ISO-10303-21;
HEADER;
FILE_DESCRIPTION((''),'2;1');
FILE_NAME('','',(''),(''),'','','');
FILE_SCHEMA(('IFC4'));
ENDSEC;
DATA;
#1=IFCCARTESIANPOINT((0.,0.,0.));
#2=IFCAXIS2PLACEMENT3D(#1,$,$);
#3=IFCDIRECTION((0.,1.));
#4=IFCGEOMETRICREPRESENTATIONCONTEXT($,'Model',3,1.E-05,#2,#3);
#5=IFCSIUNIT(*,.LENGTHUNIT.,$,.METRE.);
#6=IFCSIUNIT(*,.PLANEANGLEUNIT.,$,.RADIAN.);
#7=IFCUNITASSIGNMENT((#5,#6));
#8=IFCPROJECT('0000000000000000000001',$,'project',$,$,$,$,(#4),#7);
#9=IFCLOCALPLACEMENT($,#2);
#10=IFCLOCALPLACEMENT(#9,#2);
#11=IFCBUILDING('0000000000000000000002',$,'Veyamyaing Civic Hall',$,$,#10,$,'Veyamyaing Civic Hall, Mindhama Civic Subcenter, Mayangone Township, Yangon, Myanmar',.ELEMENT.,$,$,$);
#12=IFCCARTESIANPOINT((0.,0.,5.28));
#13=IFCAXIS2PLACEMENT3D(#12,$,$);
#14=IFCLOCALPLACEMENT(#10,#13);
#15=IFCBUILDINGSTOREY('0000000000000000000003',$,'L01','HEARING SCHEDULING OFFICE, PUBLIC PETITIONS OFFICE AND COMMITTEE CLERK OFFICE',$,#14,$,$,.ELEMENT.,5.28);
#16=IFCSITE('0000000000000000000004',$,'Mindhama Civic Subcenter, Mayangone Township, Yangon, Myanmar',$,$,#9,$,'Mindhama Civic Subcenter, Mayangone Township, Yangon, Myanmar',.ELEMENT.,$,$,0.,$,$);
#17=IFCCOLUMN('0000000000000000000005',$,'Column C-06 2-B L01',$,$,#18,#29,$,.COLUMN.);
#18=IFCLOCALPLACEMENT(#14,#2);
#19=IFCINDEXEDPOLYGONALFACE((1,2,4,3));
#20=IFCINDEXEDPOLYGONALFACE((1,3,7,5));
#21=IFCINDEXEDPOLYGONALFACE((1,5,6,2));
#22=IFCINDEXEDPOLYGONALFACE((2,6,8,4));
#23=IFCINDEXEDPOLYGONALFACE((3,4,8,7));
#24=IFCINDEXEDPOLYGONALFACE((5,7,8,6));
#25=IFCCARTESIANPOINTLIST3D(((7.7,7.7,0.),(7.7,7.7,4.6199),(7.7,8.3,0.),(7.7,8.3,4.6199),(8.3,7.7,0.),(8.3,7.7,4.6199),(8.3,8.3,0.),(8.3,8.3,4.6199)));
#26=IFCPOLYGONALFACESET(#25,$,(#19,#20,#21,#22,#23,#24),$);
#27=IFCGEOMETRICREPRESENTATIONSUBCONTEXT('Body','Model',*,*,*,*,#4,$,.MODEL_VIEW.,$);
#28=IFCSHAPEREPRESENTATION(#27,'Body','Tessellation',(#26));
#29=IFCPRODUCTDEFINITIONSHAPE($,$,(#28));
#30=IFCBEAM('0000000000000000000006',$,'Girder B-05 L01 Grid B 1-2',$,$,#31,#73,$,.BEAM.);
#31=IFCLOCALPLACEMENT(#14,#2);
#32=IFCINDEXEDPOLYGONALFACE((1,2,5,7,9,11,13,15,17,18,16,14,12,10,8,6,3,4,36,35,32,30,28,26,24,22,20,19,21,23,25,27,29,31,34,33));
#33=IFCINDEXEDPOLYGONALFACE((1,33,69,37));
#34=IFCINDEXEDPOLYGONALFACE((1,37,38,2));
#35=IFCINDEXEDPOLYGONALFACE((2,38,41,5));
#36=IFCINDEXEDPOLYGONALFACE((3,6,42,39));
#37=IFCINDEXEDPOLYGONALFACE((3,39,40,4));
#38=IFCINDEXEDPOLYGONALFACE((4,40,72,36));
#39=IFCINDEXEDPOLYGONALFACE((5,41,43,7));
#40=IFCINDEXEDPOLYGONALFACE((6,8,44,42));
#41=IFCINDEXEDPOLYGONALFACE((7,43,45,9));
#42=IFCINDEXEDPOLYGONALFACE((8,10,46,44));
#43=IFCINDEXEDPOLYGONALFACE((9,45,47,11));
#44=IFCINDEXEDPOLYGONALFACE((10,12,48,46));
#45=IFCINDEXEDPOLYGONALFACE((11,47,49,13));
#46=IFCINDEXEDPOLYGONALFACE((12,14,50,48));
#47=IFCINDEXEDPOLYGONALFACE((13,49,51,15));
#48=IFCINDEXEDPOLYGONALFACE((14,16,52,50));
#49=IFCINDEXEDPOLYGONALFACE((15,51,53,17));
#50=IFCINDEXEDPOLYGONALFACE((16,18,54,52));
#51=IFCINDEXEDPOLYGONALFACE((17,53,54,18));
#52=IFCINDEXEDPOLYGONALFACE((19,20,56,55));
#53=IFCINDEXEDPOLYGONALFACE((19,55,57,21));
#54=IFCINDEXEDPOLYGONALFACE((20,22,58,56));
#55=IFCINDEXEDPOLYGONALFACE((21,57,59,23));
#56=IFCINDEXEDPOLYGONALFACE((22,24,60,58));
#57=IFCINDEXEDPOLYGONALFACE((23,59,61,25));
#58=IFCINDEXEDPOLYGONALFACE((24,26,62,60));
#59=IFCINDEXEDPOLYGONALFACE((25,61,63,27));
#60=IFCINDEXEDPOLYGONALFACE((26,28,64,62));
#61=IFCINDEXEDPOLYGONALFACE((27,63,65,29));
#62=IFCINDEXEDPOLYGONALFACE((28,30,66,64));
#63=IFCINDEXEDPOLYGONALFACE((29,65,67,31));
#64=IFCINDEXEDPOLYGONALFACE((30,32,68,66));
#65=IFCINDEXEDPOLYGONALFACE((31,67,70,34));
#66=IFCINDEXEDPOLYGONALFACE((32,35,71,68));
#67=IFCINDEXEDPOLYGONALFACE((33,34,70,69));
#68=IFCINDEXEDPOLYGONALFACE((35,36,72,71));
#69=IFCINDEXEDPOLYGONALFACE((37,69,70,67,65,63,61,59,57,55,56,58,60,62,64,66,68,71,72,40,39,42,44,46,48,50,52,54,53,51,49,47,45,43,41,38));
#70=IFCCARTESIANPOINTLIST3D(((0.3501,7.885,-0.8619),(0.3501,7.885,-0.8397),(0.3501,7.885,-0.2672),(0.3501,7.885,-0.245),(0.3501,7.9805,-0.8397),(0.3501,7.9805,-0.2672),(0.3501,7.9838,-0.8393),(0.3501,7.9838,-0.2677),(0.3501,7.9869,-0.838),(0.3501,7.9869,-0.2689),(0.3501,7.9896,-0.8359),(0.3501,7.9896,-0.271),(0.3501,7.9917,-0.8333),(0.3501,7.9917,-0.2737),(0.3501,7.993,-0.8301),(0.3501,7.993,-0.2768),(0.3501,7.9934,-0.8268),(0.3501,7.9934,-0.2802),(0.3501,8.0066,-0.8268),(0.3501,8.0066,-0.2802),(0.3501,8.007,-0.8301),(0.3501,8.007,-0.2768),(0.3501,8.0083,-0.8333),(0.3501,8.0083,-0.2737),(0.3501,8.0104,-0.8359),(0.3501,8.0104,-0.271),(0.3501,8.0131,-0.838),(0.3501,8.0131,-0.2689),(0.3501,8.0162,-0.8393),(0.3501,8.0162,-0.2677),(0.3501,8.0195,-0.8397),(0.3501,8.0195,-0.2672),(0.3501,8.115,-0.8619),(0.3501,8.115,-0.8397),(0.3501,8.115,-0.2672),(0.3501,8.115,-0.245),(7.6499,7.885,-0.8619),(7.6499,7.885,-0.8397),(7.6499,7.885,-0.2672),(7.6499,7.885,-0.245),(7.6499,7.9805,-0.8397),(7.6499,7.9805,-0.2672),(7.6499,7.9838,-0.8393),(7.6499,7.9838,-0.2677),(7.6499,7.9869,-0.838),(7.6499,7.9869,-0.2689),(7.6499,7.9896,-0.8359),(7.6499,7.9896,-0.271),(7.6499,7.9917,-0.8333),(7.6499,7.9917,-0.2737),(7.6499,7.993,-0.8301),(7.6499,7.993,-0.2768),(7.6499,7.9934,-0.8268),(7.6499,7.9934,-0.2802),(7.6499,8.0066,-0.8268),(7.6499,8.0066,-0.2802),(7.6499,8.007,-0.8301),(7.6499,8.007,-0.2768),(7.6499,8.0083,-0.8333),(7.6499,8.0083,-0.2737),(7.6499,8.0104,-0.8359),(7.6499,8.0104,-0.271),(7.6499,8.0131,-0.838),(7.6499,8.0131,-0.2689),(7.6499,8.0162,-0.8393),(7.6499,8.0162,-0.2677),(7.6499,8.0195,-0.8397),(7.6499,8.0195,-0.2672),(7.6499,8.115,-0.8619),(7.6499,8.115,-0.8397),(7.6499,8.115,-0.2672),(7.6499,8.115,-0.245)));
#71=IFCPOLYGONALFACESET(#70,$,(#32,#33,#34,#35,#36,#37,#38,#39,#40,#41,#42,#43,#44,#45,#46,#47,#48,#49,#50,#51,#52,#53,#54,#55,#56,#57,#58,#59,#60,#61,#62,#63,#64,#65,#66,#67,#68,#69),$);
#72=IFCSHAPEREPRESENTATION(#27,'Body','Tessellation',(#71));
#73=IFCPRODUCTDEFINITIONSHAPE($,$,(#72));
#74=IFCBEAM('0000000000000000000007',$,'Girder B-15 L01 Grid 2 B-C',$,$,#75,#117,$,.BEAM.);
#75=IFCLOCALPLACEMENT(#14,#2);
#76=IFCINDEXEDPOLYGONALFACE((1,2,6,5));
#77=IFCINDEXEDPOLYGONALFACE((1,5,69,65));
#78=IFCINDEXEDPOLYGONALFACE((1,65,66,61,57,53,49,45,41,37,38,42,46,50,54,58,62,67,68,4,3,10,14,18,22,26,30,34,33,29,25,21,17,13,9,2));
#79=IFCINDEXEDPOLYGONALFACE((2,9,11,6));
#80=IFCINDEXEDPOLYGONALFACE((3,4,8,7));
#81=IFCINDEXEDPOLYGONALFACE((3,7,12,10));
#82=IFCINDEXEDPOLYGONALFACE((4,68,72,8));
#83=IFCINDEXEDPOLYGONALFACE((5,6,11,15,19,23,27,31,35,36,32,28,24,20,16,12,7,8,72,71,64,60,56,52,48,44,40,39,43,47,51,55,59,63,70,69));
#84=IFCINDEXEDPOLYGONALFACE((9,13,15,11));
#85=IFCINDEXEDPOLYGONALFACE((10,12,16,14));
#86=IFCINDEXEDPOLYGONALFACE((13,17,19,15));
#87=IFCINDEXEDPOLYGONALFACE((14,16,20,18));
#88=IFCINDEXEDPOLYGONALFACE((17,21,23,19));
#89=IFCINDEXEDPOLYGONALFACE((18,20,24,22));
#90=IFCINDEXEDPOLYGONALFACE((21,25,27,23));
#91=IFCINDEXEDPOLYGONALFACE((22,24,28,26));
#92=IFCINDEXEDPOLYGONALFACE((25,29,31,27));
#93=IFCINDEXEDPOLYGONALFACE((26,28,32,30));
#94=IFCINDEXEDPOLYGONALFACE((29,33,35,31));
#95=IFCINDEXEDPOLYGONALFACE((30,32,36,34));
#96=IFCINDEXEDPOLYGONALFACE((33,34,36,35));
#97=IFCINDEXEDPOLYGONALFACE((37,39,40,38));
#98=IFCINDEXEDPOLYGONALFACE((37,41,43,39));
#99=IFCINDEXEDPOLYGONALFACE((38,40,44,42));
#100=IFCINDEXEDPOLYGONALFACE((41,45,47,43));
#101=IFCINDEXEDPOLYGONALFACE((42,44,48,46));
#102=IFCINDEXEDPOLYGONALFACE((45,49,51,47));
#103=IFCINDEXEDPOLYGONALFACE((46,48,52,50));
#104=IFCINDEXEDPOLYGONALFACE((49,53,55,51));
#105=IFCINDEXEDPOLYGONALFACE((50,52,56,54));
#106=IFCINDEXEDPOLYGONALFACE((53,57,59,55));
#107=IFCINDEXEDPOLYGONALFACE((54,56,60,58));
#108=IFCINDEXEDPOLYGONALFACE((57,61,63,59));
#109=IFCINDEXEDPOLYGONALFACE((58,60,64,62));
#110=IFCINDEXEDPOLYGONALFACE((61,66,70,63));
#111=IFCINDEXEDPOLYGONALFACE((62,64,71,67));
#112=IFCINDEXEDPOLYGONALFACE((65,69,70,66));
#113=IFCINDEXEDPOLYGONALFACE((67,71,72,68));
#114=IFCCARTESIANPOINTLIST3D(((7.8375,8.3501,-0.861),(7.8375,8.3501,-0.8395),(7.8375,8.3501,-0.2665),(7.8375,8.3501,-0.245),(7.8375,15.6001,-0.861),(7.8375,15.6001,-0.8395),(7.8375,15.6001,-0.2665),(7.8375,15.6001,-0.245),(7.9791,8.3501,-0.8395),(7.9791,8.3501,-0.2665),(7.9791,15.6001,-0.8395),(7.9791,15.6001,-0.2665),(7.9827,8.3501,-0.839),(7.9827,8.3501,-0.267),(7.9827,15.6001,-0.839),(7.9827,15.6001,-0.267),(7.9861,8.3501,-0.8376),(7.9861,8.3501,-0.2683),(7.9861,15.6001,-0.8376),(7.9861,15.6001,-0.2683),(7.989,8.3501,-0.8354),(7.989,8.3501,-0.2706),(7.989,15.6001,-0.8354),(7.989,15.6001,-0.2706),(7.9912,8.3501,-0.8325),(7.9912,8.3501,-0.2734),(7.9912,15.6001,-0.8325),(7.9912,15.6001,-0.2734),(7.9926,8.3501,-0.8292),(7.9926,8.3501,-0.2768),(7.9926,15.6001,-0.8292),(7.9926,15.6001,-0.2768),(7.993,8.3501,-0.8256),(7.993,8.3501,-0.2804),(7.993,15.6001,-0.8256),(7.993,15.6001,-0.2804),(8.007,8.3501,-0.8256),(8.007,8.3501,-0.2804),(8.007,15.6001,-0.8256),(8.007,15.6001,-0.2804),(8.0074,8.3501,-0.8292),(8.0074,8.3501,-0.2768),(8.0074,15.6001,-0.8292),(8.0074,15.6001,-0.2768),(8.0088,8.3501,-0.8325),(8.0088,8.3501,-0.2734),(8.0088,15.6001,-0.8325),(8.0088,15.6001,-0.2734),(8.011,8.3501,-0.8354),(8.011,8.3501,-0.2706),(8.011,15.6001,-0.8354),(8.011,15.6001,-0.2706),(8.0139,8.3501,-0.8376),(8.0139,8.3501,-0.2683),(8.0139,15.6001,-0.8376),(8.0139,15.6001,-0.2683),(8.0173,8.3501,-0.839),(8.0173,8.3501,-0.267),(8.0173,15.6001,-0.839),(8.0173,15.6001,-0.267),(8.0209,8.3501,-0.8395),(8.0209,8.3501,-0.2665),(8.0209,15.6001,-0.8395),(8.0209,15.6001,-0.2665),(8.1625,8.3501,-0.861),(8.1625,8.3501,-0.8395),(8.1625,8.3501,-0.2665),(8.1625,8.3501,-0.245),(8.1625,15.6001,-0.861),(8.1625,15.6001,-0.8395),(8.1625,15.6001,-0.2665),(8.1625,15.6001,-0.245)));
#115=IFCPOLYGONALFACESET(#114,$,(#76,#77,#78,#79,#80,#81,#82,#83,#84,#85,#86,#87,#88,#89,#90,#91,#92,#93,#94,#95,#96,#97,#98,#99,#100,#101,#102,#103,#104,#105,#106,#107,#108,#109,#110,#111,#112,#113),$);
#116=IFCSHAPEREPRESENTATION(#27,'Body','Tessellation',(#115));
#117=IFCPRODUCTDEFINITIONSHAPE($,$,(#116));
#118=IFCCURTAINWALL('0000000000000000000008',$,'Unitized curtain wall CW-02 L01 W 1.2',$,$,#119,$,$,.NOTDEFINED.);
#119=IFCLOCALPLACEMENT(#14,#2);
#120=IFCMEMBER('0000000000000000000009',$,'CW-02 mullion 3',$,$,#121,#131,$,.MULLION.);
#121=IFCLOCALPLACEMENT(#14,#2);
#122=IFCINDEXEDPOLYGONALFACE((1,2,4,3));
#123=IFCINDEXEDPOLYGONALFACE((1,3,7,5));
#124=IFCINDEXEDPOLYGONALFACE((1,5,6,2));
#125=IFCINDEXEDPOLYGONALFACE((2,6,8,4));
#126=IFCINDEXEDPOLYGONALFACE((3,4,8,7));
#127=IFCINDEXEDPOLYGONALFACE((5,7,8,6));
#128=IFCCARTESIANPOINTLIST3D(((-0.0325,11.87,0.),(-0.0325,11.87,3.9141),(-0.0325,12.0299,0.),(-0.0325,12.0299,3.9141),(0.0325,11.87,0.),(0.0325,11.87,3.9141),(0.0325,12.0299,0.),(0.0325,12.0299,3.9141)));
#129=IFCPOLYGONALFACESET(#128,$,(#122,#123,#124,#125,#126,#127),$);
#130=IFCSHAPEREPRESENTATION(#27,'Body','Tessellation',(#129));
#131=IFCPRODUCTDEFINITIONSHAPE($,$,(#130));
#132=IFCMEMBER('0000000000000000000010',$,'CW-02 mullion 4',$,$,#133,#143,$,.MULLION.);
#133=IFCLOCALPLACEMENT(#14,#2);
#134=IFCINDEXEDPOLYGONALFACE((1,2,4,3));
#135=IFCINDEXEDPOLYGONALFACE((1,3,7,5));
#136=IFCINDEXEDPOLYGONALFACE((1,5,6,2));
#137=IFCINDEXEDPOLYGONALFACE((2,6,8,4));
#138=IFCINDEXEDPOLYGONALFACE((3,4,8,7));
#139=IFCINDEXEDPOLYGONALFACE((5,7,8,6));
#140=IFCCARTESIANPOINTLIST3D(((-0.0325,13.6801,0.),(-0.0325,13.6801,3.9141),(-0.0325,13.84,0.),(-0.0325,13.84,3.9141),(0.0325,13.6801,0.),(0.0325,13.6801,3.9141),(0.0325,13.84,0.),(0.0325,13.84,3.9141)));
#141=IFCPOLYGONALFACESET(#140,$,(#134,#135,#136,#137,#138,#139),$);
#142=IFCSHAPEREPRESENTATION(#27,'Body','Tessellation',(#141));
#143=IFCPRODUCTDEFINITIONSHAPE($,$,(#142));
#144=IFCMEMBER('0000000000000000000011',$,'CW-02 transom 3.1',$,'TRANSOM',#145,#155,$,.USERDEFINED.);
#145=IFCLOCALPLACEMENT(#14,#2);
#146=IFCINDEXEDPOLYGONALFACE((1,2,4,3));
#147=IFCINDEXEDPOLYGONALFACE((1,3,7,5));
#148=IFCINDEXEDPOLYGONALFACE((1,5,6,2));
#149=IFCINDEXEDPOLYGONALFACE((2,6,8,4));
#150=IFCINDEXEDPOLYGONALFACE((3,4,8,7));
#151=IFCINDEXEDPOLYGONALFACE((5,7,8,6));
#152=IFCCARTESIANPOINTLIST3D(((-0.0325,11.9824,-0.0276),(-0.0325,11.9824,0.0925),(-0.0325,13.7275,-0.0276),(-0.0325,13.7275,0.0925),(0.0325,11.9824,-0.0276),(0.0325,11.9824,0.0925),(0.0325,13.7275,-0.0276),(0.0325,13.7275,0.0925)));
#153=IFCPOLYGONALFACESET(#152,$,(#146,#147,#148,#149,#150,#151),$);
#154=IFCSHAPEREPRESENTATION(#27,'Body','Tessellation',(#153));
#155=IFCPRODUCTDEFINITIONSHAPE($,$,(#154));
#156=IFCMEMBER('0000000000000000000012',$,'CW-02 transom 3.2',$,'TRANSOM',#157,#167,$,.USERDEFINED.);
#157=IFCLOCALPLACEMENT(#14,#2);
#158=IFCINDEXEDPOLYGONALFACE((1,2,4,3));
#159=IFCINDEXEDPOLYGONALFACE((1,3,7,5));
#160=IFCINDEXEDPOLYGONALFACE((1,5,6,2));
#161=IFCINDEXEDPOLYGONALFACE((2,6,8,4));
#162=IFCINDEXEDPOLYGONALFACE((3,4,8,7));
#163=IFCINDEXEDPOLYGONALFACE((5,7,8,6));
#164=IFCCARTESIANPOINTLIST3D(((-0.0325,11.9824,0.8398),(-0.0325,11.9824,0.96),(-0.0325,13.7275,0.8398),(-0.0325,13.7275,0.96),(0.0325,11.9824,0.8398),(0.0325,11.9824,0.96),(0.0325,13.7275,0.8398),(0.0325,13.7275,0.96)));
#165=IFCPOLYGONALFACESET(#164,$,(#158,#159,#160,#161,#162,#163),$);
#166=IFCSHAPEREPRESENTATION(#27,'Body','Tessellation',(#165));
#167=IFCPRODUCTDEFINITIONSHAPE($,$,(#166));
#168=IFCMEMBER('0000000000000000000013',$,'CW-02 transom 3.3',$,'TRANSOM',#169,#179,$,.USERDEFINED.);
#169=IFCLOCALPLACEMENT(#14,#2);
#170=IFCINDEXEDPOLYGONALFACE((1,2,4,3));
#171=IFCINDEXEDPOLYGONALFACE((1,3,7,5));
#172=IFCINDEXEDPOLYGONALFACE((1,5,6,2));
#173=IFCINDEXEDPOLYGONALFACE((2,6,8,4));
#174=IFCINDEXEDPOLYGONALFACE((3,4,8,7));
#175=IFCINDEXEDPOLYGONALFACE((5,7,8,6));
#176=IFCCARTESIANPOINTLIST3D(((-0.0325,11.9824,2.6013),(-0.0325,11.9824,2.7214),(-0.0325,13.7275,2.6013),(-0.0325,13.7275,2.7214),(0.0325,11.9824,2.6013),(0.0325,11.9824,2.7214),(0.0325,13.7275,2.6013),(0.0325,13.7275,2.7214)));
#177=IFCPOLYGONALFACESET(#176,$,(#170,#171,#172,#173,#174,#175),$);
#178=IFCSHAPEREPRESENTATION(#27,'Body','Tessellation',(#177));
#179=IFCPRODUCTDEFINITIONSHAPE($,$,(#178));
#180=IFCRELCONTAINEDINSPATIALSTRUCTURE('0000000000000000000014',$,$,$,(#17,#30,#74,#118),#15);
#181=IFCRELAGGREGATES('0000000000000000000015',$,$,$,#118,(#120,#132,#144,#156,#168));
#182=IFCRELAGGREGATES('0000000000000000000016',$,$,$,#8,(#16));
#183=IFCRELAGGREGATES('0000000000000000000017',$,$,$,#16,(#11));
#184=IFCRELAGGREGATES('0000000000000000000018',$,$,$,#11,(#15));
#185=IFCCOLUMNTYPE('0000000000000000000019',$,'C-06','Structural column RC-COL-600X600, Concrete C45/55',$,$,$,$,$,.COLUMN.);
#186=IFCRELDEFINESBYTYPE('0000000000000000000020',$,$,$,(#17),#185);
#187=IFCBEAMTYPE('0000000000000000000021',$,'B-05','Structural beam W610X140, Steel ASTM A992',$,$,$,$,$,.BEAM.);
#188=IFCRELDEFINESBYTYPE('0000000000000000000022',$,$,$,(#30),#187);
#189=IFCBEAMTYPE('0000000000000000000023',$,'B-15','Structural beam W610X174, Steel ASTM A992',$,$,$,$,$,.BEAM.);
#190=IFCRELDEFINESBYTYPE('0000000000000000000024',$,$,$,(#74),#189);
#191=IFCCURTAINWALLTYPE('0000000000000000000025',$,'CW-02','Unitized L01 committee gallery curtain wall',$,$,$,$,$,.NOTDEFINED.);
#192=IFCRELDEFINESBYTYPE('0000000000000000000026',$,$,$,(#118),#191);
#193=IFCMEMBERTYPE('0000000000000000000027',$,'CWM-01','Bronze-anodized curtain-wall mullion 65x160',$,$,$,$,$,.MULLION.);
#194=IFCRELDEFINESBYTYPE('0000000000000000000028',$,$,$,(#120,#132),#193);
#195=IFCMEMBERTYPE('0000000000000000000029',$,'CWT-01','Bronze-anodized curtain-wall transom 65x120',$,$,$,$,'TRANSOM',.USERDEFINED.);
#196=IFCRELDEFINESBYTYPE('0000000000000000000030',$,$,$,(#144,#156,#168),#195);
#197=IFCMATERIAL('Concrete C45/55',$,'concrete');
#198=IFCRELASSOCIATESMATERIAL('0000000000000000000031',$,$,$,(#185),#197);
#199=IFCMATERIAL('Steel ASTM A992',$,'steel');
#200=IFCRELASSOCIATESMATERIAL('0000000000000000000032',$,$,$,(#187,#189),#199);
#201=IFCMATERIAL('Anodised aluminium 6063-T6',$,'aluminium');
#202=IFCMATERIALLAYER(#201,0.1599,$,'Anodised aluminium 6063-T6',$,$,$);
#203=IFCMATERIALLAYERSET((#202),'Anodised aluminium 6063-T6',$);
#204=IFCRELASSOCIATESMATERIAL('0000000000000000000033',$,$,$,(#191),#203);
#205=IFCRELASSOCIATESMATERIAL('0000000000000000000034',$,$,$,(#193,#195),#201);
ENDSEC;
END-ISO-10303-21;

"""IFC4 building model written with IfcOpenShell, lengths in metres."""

from ifc_helpers import new_model, si_unit, direction, frame, origin, origin_2d, place, context, subcontext, project, spatial, rectangle, i_section, extrude, material, layer, layer_set, material_profile, profile_set, type_object, element, aggregate, save


model = new_model("IFC4")

# Units and contexts
model_context = context("Model", 3, precision=1e-05, world=origin(), true_north=direction((0.0, 1.0)))
body_context = subcontext(model_context, "Body", "Model", "MODEL_VIEW")
ifc_project = project(units=[si_unit("LENGTHUNIT", "METRE"), si_unit("PLANEANGLEUNIT", "RADIAN")], contexts=[model_context])

# Site, building, storey
site_placement = place(None, origin())
site = spatial("IfcSite", under=ifc_project, at=site_placement, Name="Mindhama Civic Subcenter, Mayangone Township, Yangon, Myanmar", LongName="Mindhama Civic Subcenter, Mayangone Township, Yangon, Myanmar", CompositionType="ELEMENT", RefElevation=0.0)
building_placement = place(site_placement, origin())
building = spatial("IfcBuilding", under=site, at=building_placement, Name="Veyamyaing Civic Hall", LongName="Veyamyaing Civic Hall, Mindhama Civic Subcenter, Mayangone Township, Yangon, Myanmar", CompositionType="ELEMENT")
storey_placement = place(building_placement, frame((0.0, 0.0, 5.28)))
storey = spatial("IfcBuildingStorey", under=building, at=storey_placement, Name="L01", Description="HEARING SCHEDULING OFFICE, PUBLIC PETITIONS OFFICE AND COMMITTEE CLERK OFFICE", CompositionType="ELEMENT", Elevation=5.28)

# Column
ifc_material_1 = material(Name="Concrete C45/55", Category="concrete")
ifc_material_profile_1 = material_profile(ifc_material_1, rectangle(XDim=0.6001, YDim=0.6001, at=origin_2d()), Name="RC-COL-600X600")
ifc_profile_set_1 = profile_set([ifc_material_profile_1], Name="Concrete C45/55")
column_type = type_object("IfcColumnType", Name="C-06", Description="Structural column RC-COL-600X600, Concrete C45/55", PredefinedType="COLUMN", material=ifc_profile_set_1)
column_placement = place(storey_placement, frame((8.0, 8.0, 0.0), z_axis=(0.0, 0.0, 1.0), x_axis=(1.0, 0.0, 0.0)))
element("IfcColumn", 1, at=column_placement, inside=storey, type_object=column_type, Name="Column C-06 2-B L01", PredefinedType="COLUMN", context=body_context, shape_type="SweptSolid", body=[
    extrude(rectangle(XDim=0.6001, YDim=0.6001, at=origin_2d()), origin(), (0.0, 0.0, 1.0), 4.6199),
])

# Beams
ifc_material_2 = material(Name="Steel ASTM A992", Category="steel")
ifc_material_profile_2 = material_profile(ifc_material_2, i_section(OverallWidth=0.23, OverallDepth=0.6169, WebThickness=0.0132, FlangeThickness=0.0222, FilletRadius=0.0129, at=origin_2d()), Name="W610X140")
ifc_profile_set_2 = profile_set([ifc_material_profile_2], Name="Steel ASTM A992")
beam_type_1 = type_object("IfcBeamType", Name="B-05", Description="Structural beam W610X140, Steel ASTM A992", PredefinedType="BEAM", material=ifc_profile_set_2)
beam_1_placement = place(storey_placement, frame((0.3501, 8.0, -0.5535), z_axis=(1.0, 0.0, 0.0), x_axis=(0.0, 1.0, 0.0)))
element("IfcBeam", 2, at=beam_1_placement, inside=storey, type_object=beam_type_1, Name="Girder B-05 L01 Grid B 1-2", PredefinedType="BEAM", context=body_context, shape_type="SweptSolid", body=[
    extrude(i_section(OverallWidth=0.23, OverallDepth=0.6169, WebThickness=0.0132, FlangeThickness=0.0222, FilletRadius=0.0129, at=origin_2d()), origin(), (0.0, 0.0, 1.0), 7.2998),
])
ifc_material_profile_3 = material_profile(ifc_material_2, i_section(OverallWidth=0.325, OverallDepth=0.616, WebThickness=0.0139, FlangeThickness=0.0215, FilletRadius=0.0139, at=origin_2d()), Name="W610X174")
ifc_profile_set_3 = profile_set([ifc_material_profile_3], Name="Steel ASTM A992")
beam_type_2 = type_object("IfcBeamType", Name="B-15", Description="Structural beam W610X174, Steel ASTM A992", PredefinedType="BEAM", material=ifc_profile_set_3)
beam_2_placement = place(storey_placement, frame((8.0, 8.3501, -0.553), z_axis=(0.0, 1.0, 0.0), x_axis=(-1.0, 0.0, 0.0)))
element("IfcBeam", 3, at=beam_2_placement, inside=storey, type_object=beam_type_2, Name="Girder B-15 L01 Grid 2 B-C", PredefinedType="BEAM", context=body_context, shape_type="SweptSolid", body=[
    extrude(i_section(OverallWidth=0.325, OverallDepth=0.616, WebThickness=0.0139, FlangeThickness=0.0215, FilletRadius=0.0139, at=origin_2d()), origin(), (0.0, 0.0, 1.0), 7.25),
])

# Curtain wall, members
ifc_material_3 = material(Name="Anodised aluminium 6063-T6", Category="aluminium")
ifc_layer_1 = layer(ifc_material_3, 0.1599, Name="Anodised aluminium 6063-T6")
ifc_layer_set_1 = layer_set([ifc_layer_1], Name="Anodised aluminium 6063-T6")
curtain_wall_type = type_object("IfcCurtainWallType", Name="CW-02", Description="Unitized L01 committee gallery curtain wall", PredefinedType="NOTDEFINED", material=ifc_layer_set_1)
curtain_wall_placement = place(storey_placement, origin())
curtain_wall = element("IfcCurtainWall", 4, at=curtain_wall_placement, inside=storey, type_object=curtain_wall_type, Name="Unitized curtain wall CW-02 L01 W 1.2", PredefinedType="NOTDEFINED")
ifc_material_profile_4 = material_profile(ifc_material_3, rectangle(XDim=0.0649, YDim=0.1599, at=origin_2d()), Name="ALU-MUL-65X160")
ifc_profile_set_4 = profile_set([ifc_material_profile_4], Name="Anodised aluminium 6063-T6")
member_type_1 = type_object("IfcMemberType", Name="CWM-01", Description="Bronze-anodized curtain-wall mullion 65x160", PredefinedType="MULLION", material=ifc_profile_set_4)
member_1_placement = place(storey_placement, frame((0.0, 11.95, 0.0), z_axis=(0.0, 0.0, 1.0), x_axis=(-1.0, 0.0, 0.0)))
member_1 = element("IfcMember", 5, at=member_1_placement, type_object=member_type_1, Name="CW-02 mullion 3", PredefinedType="MULLION", context=body_context, shape_type="SweptSolid", body=[
    extrude(rectangle(XDim=0.0649, YDim=0.1599, at=origin_2d()), origin(), (0.0, 0.0, 1.0), 3.9141),
])
member_2_placement = place(storey_placement, frame((0.0, 13.76, 0.0), z_axis=(0.0, 0.0, 1.0), x_axis=(-1.0, 0.0, 0.0)))
member_2 = element("IfcMember", 6, at=member_2_placement, type_object=member_type_1, Name="CW-02 mullion 4", PredefinedType="MULLION", context=body_context, shape_type="SweptSolid", body=[
    extrude(rectangle(XDim=0.0649, YDim=0.1599, at=origin_2d()), origin(), (0.0, 0.0, 1.0), 3.9141),
])
ifc_material_profile_5 = material_profile(ifc_material_3, rectangle(XDim=0.0649, YDim=0.1201, at=origin_2d()), Name="ALU-TRN-65X120")
ifc_profile_set_5 = profile_set([ifc_material_profile_5], Name="Anodised aluminium 6063-T6")
member_type_2 = type_object("IfcMemberType", Name="CWT-01", Description="Bronze-anodized curtain-wall transom 65x120", ElementType="TRANSOM", PredefinedType="USERDEFINED", material=ifc_profile_set_5)
member_3_placement = place(storey_placement, frame((0.0, 11.9824, 0.0325), z_axis=(0.0, 1.0, 0.0), x_axis=(-1.0, 0.0, 0.0)))
member_3 = element("IfcMember", 7, at=member_3_placement, type_object=member_type_2, Name="CW-02 transom 3.1", ObjectType="TRANSOM", PredefinedType="USERDEFINED", context=body_context, shape_type="SweptSolid", body=[
    extrude(rectangle(XDim=0.0649, YDim=0.1201, at=origin_2d()), origin(), (0.0, 0.0, 1.0), 1.7451),
])
member_4_placement = place(storey_placement, frame((0.0, 11.9824, 0.8999), z_axis=(0.0, 1.0, 0.0), x_axis=(-1.0, 0.0, 0.0)))
member_4 = element("IfcMember", 8, at=member_4_placement, type_object=member_type_2, Name="CW-02 transom 3.2", ObjectType="TRANSOM", PredefinedType="USERDEFINED", context=body_context, shape_type="SweptSolid", body=[
    extrude(rectangle(XDim=0.0649, YDim=0.1201, at=origin_2d()), origin(), (0.0, 0.0, 1.0), 1.7451),
])
member_5_placement = place(storey_placement, frame((0.0, 11.9824, 2.6614), z_axis=(0.0, 1.0, 0.0), x_axis=(-1.0, 0.0, 0.0)))
member_5 = element("IfcMember", 9, at=member_5_placement, type_object=member_type_2, Name="CW-02 transom 3.3", ObjectType="TRANSOM", PredefinedType="USERDEFINED", context=body_context, shape_type="SweptSolid", body=[
    extrude(rectangle(XDim=0.0649, YDim=0.1201, at=origin_2d()), origin(), (0.0, 0.0, 1.0), 1.7451),
])

aggregate(curtain_wall, [member_1, member_2, member_3, member_4, member_5])

save(model, "model.ifc")
